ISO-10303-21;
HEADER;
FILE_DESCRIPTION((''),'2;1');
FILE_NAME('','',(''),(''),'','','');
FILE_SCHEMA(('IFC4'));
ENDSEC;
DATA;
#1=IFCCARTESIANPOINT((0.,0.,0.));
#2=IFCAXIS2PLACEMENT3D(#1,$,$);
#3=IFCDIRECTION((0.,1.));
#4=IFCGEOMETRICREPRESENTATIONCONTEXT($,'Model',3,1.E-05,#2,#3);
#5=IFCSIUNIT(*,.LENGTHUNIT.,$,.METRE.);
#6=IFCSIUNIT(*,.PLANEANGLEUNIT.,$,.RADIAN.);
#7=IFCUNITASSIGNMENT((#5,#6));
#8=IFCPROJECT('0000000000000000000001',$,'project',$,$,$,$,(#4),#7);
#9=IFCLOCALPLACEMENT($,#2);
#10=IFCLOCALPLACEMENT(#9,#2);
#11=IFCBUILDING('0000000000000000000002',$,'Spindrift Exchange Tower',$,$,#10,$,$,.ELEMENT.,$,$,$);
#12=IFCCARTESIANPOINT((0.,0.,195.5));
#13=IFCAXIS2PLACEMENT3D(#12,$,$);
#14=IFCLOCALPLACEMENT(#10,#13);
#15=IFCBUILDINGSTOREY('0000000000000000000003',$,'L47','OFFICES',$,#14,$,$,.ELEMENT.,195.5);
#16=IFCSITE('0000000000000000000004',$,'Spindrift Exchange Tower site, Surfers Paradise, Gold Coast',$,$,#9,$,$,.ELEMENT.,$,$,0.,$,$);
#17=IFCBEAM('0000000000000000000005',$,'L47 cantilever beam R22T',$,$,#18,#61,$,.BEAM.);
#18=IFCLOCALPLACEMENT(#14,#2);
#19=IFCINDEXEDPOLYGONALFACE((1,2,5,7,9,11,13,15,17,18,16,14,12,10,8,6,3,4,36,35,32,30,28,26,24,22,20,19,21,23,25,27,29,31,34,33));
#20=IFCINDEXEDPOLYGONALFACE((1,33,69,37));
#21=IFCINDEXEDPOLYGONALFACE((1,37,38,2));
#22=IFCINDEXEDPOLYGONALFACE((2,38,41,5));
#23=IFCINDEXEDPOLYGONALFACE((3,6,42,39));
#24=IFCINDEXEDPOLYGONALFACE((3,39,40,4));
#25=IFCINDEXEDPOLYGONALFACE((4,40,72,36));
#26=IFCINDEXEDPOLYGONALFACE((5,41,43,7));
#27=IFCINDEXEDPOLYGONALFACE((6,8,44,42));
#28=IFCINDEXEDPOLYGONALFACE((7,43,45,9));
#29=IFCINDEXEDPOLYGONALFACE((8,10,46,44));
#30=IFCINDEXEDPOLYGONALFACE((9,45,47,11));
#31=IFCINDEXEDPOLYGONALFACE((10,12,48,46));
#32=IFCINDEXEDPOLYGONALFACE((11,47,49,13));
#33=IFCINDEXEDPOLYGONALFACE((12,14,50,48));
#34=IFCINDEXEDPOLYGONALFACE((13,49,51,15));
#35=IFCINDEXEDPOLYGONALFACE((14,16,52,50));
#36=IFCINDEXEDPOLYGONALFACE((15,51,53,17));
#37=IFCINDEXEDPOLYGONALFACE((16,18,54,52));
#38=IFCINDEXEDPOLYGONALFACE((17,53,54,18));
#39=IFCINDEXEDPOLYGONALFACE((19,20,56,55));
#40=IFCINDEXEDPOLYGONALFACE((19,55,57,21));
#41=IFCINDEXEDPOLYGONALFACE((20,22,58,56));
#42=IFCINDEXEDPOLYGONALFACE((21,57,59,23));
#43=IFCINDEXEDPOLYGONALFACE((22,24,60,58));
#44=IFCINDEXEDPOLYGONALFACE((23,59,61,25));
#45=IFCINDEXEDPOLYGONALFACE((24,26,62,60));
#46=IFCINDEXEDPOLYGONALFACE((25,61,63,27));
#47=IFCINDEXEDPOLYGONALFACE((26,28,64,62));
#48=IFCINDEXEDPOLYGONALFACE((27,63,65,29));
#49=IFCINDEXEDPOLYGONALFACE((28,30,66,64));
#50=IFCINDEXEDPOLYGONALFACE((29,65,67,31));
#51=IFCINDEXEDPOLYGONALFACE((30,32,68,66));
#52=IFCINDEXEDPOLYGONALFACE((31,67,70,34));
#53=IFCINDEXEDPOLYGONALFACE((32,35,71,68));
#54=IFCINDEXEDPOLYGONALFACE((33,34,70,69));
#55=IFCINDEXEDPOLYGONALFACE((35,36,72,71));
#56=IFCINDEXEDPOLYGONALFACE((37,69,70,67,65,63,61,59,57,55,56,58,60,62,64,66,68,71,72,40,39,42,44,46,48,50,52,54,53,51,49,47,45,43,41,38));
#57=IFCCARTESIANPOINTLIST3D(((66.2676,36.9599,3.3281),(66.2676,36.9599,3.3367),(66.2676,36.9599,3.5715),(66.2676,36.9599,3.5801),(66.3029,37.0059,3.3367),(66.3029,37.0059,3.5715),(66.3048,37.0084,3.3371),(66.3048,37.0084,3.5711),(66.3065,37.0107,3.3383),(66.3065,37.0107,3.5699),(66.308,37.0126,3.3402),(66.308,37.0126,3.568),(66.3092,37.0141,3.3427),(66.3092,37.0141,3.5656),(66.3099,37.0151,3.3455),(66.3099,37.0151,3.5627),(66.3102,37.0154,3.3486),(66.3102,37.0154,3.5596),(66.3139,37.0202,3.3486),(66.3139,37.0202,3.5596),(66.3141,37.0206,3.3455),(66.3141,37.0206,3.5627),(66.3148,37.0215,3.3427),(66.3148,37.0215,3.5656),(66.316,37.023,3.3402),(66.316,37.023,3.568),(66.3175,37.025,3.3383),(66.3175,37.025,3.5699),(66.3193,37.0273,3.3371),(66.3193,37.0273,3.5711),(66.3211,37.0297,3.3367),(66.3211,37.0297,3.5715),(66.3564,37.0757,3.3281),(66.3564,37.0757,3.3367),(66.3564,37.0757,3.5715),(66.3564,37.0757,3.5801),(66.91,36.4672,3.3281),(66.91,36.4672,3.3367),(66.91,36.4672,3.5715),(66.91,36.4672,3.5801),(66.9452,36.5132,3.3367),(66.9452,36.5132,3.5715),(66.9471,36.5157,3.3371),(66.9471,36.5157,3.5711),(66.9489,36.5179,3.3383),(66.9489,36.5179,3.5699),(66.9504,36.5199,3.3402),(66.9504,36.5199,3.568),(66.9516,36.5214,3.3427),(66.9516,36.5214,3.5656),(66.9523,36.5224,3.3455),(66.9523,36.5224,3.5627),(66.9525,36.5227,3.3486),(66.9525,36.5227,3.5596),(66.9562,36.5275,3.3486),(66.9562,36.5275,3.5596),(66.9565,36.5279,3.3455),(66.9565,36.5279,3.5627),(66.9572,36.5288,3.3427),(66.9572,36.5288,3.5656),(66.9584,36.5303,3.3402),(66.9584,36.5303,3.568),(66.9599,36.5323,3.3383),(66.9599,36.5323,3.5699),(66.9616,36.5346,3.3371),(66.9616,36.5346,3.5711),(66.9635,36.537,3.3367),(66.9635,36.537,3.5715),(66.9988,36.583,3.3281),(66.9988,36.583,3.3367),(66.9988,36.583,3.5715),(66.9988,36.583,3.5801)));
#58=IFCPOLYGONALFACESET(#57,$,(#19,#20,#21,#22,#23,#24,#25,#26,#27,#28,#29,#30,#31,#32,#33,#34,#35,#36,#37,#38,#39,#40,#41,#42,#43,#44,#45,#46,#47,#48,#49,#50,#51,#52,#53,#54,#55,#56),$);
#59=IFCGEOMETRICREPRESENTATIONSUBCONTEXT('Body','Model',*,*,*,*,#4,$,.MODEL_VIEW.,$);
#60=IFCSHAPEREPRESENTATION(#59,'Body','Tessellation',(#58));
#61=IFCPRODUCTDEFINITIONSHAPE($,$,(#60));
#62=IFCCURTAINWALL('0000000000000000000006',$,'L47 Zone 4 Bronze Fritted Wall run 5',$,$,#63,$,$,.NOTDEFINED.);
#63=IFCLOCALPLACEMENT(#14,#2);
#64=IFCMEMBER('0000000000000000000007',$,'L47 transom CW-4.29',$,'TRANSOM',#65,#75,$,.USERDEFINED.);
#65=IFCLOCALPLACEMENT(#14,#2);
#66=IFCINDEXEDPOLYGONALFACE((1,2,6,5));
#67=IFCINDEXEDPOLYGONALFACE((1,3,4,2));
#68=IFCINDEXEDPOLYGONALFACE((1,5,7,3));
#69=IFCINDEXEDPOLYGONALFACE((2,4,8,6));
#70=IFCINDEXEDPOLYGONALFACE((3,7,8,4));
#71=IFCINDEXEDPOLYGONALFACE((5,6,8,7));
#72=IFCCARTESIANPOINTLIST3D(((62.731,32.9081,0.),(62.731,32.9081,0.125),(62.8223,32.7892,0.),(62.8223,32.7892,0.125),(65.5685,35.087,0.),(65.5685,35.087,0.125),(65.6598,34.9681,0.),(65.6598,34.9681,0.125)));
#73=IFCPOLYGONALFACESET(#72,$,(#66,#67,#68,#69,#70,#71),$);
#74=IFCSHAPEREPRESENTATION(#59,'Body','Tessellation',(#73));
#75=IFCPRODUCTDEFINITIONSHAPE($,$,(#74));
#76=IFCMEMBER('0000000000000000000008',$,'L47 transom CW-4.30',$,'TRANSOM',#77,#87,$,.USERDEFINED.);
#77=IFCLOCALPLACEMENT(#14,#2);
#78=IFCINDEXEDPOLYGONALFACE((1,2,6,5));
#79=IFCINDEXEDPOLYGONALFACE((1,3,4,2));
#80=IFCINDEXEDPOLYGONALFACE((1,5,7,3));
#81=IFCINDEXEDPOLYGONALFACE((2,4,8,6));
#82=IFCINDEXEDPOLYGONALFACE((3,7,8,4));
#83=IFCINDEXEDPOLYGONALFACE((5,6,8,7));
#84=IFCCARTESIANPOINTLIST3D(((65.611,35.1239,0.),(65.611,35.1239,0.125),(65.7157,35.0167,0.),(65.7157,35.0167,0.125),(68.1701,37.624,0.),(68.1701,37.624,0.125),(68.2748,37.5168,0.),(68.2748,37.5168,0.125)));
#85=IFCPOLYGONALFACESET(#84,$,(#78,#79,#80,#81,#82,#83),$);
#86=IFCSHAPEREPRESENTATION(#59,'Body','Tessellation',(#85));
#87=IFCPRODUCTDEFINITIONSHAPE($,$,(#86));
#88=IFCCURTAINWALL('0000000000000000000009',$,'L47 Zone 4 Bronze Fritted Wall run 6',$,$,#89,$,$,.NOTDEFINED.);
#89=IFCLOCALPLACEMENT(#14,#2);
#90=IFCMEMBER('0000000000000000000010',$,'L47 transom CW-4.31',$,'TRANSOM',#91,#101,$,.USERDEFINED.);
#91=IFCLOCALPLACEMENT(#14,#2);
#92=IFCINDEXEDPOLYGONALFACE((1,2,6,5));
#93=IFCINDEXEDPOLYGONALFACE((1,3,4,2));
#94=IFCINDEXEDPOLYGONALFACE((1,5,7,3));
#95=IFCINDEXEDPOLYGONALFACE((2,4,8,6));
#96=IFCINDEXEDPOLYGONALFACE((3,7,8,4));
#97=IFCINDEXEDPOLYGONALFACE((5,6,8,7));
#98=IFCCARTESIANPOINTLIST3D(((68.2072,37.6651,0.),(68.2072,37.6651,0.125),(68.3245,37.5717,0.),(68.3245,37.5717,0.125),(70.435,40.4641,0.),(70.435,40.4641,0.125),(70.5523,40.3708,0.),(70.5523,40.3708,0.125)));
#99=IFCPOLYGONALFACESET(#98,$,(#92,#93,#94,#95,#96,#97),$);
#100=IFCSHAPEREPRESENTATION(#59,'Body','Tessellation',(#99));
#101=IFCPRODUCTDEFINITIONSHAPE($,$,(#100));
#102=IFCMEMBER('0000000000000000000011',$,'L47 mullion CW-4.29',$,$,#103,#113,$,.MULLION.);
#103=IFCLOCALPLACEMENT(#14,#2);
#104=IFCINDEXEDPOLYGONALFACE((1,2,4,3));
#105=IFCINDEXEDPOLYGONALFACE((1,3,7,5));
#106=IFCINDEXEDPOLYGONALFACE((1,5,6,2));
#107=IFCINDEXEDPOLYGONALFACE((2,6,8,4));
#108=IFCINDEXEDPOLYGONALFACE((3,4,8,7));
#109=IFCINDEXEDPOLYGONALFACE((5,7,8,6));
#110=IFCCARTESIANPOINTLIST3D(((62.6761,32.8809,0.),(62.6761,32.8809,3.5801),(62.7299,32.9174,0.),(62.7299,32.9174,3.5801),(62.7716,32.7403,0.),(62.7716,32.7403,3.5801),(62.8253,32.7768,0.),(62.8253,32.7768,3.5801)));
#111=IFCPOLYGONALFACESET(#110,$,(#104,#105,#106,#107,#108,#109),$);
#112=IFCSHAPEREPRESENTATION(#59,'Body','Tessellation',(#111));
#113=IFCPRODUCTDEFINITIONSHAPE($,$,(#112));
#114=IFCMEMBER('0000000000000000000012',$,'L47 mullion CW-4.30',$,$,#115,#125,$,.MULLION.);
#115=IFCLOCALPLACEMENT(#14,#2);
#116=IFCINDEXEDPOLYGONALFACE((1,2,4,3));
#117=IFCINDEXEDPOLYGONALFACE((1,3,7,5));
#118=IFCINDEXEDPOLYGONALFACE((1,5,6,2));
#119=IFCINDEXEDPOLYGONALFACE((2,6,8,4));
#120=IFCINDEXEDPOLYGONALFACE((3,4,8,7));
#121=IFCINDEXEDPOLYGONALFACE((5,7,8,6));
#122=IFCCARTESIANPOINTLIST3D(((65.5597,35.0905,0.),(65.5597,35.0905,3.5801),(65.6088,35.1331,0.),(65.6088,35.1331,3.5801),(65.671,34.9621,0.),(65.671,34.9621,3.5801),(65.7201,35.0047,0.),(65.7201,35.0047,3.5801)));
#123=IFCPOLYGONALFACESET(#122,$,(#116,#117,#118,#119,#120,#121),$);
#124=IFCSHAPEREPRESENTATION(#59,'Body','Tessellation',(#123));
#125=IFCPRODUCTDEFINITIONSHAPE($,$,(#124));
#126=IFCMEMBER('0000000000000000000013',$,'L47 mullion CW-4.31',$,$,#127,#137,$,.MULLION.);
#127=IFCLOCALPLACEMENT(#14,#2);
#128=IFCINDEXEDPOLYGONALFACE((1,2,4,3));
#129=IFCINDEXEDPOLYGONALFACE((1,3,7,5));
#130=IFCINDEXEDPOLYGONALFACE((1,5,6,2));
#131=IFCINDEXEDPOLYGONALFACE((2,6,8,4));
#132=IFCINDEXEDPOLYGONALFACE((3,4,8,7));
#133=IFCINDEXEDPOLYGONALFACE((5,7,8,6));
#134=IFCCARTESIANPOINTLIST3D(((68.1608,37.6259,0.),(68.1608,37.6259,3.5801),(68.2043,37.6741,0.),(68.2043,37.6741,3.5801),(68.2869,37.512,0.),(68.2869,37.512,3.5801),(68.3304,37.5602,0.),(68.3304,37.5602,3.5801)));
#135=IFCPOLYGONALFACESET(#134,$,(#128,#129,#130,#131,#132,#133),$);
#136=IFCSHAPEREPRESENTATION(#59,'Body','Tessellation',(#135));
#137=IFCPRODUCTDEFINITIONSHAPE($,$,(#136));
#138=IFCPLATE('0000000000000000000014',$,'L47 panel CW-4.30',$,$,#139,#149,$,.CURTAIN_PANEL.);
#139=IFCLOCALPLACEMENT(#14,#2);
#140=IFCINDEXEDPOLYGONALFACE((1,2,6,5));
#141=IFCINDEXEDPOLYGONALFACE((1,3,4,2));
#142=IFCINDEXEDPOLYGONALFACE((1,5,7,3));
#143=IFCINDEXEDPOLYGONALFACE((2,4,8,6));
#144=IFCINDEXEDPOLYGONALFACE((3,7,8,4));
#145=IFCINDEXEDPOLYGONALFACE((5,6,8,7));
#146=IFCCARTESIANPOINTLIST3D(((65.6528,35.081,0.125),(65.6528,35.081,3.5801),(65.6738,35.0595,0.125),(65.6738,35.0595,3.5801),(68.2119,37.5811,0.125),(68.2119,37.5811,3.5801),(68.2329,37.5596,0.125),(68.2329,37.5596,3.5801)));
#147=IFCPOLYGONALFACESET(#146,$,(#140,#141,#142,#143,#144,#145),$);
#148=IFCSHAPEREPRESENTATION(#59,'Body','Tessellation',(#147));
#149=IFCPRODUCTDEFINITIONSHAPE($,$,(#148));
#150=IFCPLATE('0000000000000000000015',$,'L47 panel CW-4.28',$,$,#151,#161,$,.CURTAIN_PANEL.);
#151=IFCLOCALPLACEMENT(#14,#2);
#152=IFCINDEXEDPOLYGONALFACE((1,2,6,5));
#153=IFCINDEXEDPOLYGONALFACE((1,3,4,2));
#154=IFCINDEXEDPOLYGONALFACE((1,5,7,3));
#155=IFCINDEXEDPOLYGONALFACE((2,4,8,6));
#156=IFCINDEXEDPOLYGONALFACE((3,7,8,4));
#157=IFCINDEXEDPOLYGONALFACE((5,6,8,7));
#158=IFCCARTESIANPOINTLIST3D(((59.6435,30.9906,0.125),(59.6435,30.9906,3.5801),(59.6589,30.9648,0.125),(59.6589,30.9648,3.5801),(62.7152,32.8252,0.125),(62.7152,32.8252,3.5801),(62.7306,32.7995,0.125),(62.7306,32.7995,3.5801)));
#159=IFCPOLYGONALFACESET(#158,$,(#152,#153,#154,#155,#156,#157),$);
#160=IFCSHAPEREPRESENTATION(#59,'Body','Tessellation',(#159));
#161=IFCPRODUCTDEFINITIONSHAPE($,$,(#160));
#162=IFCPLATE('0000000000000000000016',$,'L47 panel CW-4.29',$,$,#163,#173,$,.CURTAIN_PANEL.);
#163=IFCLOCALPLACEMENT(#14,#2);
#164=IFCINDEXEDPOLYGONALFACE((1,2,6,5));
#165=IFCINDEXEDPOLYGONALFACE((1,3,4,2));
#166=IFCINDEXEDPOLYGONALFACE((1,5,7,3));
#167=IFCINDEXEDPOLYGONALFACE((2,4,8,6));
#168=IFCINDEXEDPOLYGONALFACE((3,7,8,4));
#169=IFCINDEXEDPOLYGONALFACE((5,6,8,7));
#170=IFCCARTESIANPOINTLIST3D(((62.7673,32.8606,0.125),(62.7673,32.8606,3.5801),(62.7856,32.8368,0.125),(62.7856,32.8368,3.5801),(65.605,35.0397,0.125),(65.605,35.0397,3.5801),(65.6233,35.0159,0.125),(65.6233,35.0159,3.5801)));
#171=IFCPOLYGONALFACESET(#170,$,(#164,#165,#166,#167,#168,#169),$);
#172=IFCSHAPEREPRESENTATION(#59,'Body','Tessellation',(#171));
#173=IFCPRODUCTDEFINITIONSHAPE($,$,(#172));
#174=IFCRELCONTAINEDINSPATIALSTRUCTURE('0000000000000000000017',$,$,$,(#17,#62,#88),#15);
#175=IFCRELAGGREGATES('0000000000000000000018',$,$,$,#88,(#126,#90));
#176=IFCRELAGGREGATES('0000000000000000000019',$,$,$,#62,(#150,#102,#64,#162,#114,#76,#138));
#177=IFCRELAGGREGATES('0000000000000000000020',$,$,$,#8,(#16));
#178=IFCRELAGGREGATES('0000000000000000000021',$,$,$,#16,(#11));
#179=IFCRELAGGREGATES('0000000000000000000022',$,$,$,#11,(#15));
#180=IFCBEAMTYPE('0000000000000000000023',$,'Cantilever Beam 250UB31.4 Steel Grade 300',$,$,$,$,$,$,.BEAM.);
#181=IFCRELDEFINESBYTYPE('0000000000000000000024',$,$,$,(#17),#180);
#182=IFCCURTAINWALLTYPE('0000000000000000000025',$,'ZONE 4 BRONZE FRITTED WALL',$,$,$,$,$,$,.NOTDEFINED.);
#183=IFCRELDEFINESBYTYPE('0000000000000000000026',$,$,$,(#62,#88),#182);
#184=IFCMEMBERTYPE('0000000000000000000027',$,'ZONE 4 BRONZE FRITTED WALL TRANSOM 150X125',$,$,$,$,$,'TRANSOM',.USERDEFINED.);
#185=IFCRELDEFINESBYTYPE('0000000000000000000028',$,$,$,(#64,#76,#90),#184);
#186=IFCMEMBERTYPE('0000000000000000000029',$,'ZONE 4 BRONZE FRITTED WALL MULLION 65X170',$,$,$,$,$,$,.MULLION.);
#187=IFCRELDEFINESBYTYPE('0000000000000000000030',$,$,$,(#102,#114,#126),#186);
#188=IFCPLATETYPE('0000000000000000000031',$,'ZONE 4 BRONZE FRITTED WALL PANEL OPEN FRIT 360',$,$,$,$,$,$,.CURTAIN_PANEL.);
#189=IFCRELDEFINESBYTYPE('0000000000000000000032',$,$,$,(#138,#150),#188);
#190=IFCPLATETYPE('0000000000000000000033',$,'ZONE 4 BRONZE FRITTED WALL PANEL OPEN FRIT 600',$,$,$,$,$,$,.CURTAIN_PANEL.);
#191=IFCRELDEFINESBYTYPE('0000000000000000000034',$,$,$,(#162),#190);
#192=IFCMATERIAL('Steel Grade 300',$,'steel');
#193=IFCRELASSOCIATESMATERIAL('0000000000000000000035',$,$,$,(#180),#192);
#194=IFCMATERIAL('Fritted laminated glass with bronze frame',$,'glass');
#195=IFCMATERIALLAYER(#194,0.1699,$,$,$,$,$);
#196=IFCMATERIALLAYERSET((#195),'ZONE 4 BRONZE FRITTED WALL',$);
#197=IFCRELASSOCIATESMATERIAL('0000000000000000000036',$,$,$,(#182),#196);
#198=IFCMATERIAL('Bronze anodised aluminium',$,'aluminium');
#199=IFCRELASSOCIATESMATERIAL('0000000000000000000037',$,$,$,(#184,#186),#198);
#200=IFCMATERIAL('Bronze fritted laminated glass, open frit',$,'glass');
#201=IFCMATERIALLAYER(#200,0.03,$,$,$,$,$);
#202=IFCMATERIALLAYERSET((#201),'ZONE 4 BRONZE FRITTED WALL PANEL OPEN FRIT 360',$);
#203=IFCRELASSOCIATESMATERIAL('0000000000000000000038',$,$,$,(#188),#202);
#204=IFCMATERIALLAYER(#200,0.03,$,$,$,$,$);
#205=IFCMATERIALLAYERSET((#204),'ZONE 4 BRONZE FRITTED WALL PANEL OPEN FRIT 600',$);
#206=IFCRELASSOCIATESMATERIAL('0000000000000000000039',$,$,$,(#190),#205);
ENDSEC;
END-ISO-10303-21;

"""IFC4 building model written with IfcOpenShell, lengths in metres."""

from ifc_helpers import new_model, si_unit, direction, frame, origin, origin_2d, place, context, subcontext, project, spatial, rectangle, i_section, extrude, source, transform, mapped, material, layer, layer_set, material_profile, profile_set, type_object, element, aggregate, save


model = new_model("IFC4")

# Units and contexts
model_context = context("Model", 3, precision=1e-05, world=origin(), true_north=direction((0.0, 1.0)))
body_context = subcontext(model_context, "Body", "Model", "MODEL_VIEW")
ifc_project = project(units=[si_unit("LENGTHUNIT", "METRE"), si_unit("PLANEANGLEUNIT", "RADIAN")], contexts=[model_context])

# Site, building, storey
site_placement = place(None, origin())
site = spatial("IfcSite", under=ifc_project, at=site_placement, Name="Spindrift Exchange Tower site, Surfers Paradise, Gold Coast", CompositionType="ELEMENT", RefElevation=0.0)
building_placement = place(site_placement, origin())
building = spatial("IfcBuilding", under=site, at=building_placement, Name="Spindrift Exchange Tower", CompositionType="ELEMENT")
storey_placement = place(building_placement, frame((0.0, 0.0, 195.5)))
storey = spatial("IfcBuildingStorey", under=building, at=storey_placement, Name="L47", Description="OFFICES", CompositionType="ELEMENT", Elevation=195.5)

# Beam
ifc_material_1 = material(Name="Steel Grade 300", Category="steel")
ifc_material_profile_1 = material_profile(ifc_material_1, i_section(OverallWidth=0.146, OverallDepth=0.252, WebThickness=0.0061, FlangeThickness=0.0085, FilletRadius=0.012, at=origin_2d()), Name="250UB31.4")
ifc_profile_set_1 = profile_set([ifc_material_profile_1], Name="Steel Grade 300")
beam_type_1 = type_object("IfcBeamType", Name="Cantilever Beam 250UB31.4 Steel Grade 300", PredefinedType="BEAM", material=ifc_profile_set_1)
shared_shape_1 = source(origin(), body_context, "Body", "SweptSolid", [
    extrude(i_section(OverallWidth=0.146, OverallDepth=0.252, WebThickness=0.0061, FlangeThickness=0.0085, FilletRadius=0.012, at=origin_2d()), origin(), (0.0, 0.0, 1.0), 0.8096),
])
beam_1_placement = place(storey_placement, frame((66.312, 37.0178, 3.4541), z_axis=(0.793475, -0.608602, 0.0), x_axis=(0.608602, 0.793475, 0.0)))
element("IfcBeam", 1, at=beam_1_placement, inside=storey, type_object=beam_type_1, Name="L47 cantilever beam R22T", PredefinedType="BEAM", context=body_context, shape_type="MappedRepresentation", body=[
    mapped(shared_shape_1, transform((0.0, 0.0, 0.0), scale=1.0)),
])

# Curtain wall, members
ifc_material_2 = material(Name="Fritted laminated glass with bronze frame", Category="glass")
ifc_layer_1 = layer(ifc_material_2, 0.1699)
ifc_layer_set_1 = layer_set([ifc_layer_1], Name="ZONE 4 BRONZE FRITTED WALL")
curtain_wall_type = type_object("IfcCurtainWallType", Name="ZONE 4 BRONZE FRITTED WALL", PredefinedType="NOTDEFINED", material=ifc_layer_set_1)
curtain_wall_1_placement = place(storey_placement, origin())
curtain_wall_1 = element("IfcCurtainWall", 2, at=curtain_wall_1_placement, inside=storey, type_object=curtain_wall_type, Name="L47 Zone 4 Bronze Fritted Wall run 5", PredefinedType="NOTDEFINED")
ifc_material_3 = material(Name="Bronze anodised aluminium", Category="aluminium")
ifc_material_profile_2 = material_profile(ifc_material_3, rectangle(XDim=0.1499, YDim=0.125, at=origin_2d()), Name="ZONE 4 BRONZE FRITTED WALL TRANSOM 150X125")
ifc_profile_set_2 = profile_set([ifc_material_profile_2], Name="Bronze anodised aluminium")
member_type_1 = type_object("IfcMemberType", Name="ZONE 4 BRONZE FRITTED WALL TRANSOM 150X125", ElementType="TRANSOM", PredefinedType="USERDEFINED", material=ifc_profile_set_2)
shared_shape_2 = source(origin(), body_context, "Body", "SweptSolid", [
    extrude(rectangle(XDim=0.1499, YDim=0.125, at=origin_2d()), origin(), (0.0, 0.0, 1.0), 3.5776),
])
member_1_placement = place(storey_placement, frame((62.7766, 32.8486, 0.0625), z_axis=(0.793144, 0.609034, 0.0), x_axis=(-0.609034, 0.793144, 0.0)))
member_1 = element("IfcMember", 3, at=member_1_placement, type_object=member_type_1, Name="L47 transom CW-4.29", ObjectType="TRANSOM", PredefinedType="USERDEFINED", context=body_context, shape_type="MappedRepresentation", body=[
    mapped(shared_shape_2, transform((0.0, 0.0, 0.0), scale=1.0)),
])
member_2_placement = place(storey_placement, frame((65.6633, 35.0703, 0.0625), z_axis=(0.715316, 0.698801, 0.0), x_axis=(-0.698801, 0.715316, 0.0)))
member_2 = element("IfcMember", 4, at=member_2_placement, type_object=member_type_1, Name="L47 transom CW-4.30", ObjectType="TRANSOM", PredefinedType="USERDEFINED", context=body_context, shape_type="MappedRepresentation", body=[
    mapped(shared_shape_2, transform((0.0, 0.0, 0.0), scale=1.0)),
])

# Curtain wall, member
curtain_wall_2_placement = place(storey_placement, origin())
curtain_wall_2 = element("IfcCurtainWall", 5, at=curtain_wall_2_placement, inside=storey, type_object=curtain_wall_type, Name="L47 Zone 4 Bronze Fritted Wall run 6", PredefinedType="NOTDEFINED")
shared_shape_3 = source(origin(), body_context, "Body", "SweptSolid", [
    extrude(rectangle(XDim=0.1499, YDim=0.125, at=origin_2d()), origin(), (0.0, 0.0, 1.0), 3.5774),
])
member_3_placement = place(storey_placement, frame((68.2659, 37.6184, 0.0625), z_axis=(0.622737, 0.782431, 0.0), x_axis=(-0.782431, 0.622737, 0.0)))
member_3 = element("IfcMember", 6, at=member_3_placement, type_object=member_type_1, Name="L47 transom CW-4.31", ObjectType="TRANSOM", PredefinedType="USERDEFINED", context=body_context, shape_type="MappedRepresentation", body=[
    mapped(shared_shape_3, transform((0.0, 0.0, 0.0), scale=1.0)),
])

# Members
ifc_material_profile_3 = material_profile(ifc_material_3, rectangle(XDim=0.0649, YDim=0.1699, at=origin_2d()), Name="ZONE 4 BRONZE FRITTED WALL MULLION 65X170")
ifc_profile_set_3 = profile_set([ifc_material_profile_3], Name="Bronze anodised aluminium")
member_type_2 = type_object("IfcMemberType", Name="ZONE 4 BRONZE FRITTED WALL MULLION 65X170", PredefinedType="MULLION", material=ifc_profile_set_3)
shared_shape_4 = source(origin(), body_context, "Body", "SweptSolid", [
    extrude(rectangle(XDim=0.0649, YDim=0.1699, at=origin_2d()), origin(), (0.0, 0.0, 1.0), 3.5801),
])
member_4_placement = place(storey_placement, frame((62.7507, 32.8289, 0.0), z_axis=(0.0, 0.0, 1.0), x_axis=(0.82723, 0.561864, 0.0)))
member_4 = element("IfcMember", 7, at=member_4_placement, type_object=member_type_2, Name="L47 mullion CW-4.29", PredefinedType="MULLION", context=body_context, shape_type="MappedRepresentation", body=[
    mapped(shared_shape_4, transform((0.0, 0.0, 0.0), scale=1.0)),
])
member_5_placement = place(storey_placement, frame((65.6399, 35.0476, 0.0), z_axis=(0.0, 0.0, 1.0), x_axis=(0.755556, 0.655084, 0.0)))
member_5 = element("IfcMember", 8, at=member_5_placement, type_object=member_type_2, Name="L47 mullion CW-4.30", PredefinedType="MULLION", context=body_context, shape_type="MappedRepresentation", body=[
    mapped(shared_shape_4, transform((0.0, 0.0, 0.0), scale=1.0)),
])
member_6_placement = place(storey_placement, frame((68.2456, 37.593, 0.0), z_axis=(0.0, 0.0, 1.0), x_axis=(0.670319, 0.742073, 0.0)))
member_6 = element("IfcMember", 9, at=member_6_placement, type_object=member_type_2, Name="L47 mullion CW-4.31", PredefinedType="MULLION", context=body_context, shape_type="MappedRepresentation", body=[
    mapped(shared_shape_4, transform((0.0, 0.0, 0.0), scale=1.0)),
])
aggregate(curtain_wall_2, [member_6, member_3])

# Plates
ifc_material_4 = material(Name="Bronze fritted laminated glass, open frit", Category="glass")
ifc_layer_2 = layer(ifc_material_4, 0.03)
ifc_layer_set_2 = layer_set([ifc_layer_2], Name="ZONE 4 BRONZE FRITTED WALL PANEL OPEN FRIT 360")
plate_type_1 = type_object("IfcPlateType", Name="ZONE 4 BRONZE FRITTED WALL PANEL OPEN FRIT 360", PredefinedType="CURTAIN_PANEL", material=ifc_layer_set_2)
shared_shape_5 = source(origin(), body_context, "Body", "SweptSolid", [
    extrude(rectangle(XDim=3.5776, YDim=0.03, at=origin_2d()), origin(), (0.0, 0.0, 1.0), 3.4551),
])
plate_1_placement = place(storey_placement, frame((66.9429, 36.3203, 0.125), z_axis=(0.0, 0.0, 1.0), x_axis=(0.715309, 0.698809, 0.0)))
plate_1 = element("IfcPlate", 10, at=plate_1_placement, type_object=plate_type_1, Name="L47 panel CW-4.30", PredefinedType="CURTAIN_PANEL", context=body_context, shape_type="MappedRepresentation", body=[
    mapped(shared_shape_5, transform((0.0, 0.0, 0.0), scale=1.0)),
])
shared_shape_6 = source(origin(), body_context, "Body", "SweptSolid", [
    extrude(rectangle(XDim=3.5779, YDim=0.03, at=origin_2d()), origin(), (0.0, 0.0, 1.0), 3.4551),
])
plate_2_placement = place(storey_placement, frame((61.187, 31.895, 0.125), z_axis=(0.0, 0.0, 1.0), x_axis=(0.858521, 0.512779, 0.0)))
plate_2 = element("IfcPlate", 11, at=plate_2_placement, type_object=plate_type_1, Name="L47 panel CW-4.28", PredefinedType="CURTAIN_PANEL", context=body_context, shape_type="MappedRepresentation", body=[
    mapped(shared_shape_6, transform((0.0, 0.0, 0.0), scale=1.0)),
])
ifc_layer_3 = layer(ifc_material_4, 0.03)
ifc_layer_set_3 = layer_set([ifc_layer_3], Name="ZONE 4 BRONZE FRITTED WALL PANEL OPEN FRIT 600")
plate_type_2 = type_object("IfcPlateType", Name="ZONE 4 BRONZE FRITTED WALL PANEL OPEN FRIT 600", PredefinedType="CURTAIN_PANEL", material=ifc_layer_set_3)
shared_shape_7 = source(origin(), body_context, "Body", "SweptSolid", [
    extrude(rectangle(XDim=3.5779, YDim=0.03, at=origin_2d()), origin(), (0.0, 0.0, 1.0), 3.4551),
])
plate_3_placement = place(storey_placement, frame((64.1953, 33.9382, 0.125), z_axis=(0.0, 0.0, 1.0), x_axis=(0.793135, 0.609045, 0.0)))
plate_3 = element("IfcPlate", 12, at=plate_3_placement, type_object=plate_type_2, Name="L47 panel CW-4.29", PredefinedType="CURTAIN_PANEL", context=body_context, shape_type="MappedRepresentation", body=[
    mapped(shared_shape_7, transform((0.0, 0.0, 0.0), scale=1.0)),
])
aggregate(curtain_wall_1, [plate_2, member_4, member_1, plate_3, member_5, member_2, plate_1])

save(model, "model.ifc")
